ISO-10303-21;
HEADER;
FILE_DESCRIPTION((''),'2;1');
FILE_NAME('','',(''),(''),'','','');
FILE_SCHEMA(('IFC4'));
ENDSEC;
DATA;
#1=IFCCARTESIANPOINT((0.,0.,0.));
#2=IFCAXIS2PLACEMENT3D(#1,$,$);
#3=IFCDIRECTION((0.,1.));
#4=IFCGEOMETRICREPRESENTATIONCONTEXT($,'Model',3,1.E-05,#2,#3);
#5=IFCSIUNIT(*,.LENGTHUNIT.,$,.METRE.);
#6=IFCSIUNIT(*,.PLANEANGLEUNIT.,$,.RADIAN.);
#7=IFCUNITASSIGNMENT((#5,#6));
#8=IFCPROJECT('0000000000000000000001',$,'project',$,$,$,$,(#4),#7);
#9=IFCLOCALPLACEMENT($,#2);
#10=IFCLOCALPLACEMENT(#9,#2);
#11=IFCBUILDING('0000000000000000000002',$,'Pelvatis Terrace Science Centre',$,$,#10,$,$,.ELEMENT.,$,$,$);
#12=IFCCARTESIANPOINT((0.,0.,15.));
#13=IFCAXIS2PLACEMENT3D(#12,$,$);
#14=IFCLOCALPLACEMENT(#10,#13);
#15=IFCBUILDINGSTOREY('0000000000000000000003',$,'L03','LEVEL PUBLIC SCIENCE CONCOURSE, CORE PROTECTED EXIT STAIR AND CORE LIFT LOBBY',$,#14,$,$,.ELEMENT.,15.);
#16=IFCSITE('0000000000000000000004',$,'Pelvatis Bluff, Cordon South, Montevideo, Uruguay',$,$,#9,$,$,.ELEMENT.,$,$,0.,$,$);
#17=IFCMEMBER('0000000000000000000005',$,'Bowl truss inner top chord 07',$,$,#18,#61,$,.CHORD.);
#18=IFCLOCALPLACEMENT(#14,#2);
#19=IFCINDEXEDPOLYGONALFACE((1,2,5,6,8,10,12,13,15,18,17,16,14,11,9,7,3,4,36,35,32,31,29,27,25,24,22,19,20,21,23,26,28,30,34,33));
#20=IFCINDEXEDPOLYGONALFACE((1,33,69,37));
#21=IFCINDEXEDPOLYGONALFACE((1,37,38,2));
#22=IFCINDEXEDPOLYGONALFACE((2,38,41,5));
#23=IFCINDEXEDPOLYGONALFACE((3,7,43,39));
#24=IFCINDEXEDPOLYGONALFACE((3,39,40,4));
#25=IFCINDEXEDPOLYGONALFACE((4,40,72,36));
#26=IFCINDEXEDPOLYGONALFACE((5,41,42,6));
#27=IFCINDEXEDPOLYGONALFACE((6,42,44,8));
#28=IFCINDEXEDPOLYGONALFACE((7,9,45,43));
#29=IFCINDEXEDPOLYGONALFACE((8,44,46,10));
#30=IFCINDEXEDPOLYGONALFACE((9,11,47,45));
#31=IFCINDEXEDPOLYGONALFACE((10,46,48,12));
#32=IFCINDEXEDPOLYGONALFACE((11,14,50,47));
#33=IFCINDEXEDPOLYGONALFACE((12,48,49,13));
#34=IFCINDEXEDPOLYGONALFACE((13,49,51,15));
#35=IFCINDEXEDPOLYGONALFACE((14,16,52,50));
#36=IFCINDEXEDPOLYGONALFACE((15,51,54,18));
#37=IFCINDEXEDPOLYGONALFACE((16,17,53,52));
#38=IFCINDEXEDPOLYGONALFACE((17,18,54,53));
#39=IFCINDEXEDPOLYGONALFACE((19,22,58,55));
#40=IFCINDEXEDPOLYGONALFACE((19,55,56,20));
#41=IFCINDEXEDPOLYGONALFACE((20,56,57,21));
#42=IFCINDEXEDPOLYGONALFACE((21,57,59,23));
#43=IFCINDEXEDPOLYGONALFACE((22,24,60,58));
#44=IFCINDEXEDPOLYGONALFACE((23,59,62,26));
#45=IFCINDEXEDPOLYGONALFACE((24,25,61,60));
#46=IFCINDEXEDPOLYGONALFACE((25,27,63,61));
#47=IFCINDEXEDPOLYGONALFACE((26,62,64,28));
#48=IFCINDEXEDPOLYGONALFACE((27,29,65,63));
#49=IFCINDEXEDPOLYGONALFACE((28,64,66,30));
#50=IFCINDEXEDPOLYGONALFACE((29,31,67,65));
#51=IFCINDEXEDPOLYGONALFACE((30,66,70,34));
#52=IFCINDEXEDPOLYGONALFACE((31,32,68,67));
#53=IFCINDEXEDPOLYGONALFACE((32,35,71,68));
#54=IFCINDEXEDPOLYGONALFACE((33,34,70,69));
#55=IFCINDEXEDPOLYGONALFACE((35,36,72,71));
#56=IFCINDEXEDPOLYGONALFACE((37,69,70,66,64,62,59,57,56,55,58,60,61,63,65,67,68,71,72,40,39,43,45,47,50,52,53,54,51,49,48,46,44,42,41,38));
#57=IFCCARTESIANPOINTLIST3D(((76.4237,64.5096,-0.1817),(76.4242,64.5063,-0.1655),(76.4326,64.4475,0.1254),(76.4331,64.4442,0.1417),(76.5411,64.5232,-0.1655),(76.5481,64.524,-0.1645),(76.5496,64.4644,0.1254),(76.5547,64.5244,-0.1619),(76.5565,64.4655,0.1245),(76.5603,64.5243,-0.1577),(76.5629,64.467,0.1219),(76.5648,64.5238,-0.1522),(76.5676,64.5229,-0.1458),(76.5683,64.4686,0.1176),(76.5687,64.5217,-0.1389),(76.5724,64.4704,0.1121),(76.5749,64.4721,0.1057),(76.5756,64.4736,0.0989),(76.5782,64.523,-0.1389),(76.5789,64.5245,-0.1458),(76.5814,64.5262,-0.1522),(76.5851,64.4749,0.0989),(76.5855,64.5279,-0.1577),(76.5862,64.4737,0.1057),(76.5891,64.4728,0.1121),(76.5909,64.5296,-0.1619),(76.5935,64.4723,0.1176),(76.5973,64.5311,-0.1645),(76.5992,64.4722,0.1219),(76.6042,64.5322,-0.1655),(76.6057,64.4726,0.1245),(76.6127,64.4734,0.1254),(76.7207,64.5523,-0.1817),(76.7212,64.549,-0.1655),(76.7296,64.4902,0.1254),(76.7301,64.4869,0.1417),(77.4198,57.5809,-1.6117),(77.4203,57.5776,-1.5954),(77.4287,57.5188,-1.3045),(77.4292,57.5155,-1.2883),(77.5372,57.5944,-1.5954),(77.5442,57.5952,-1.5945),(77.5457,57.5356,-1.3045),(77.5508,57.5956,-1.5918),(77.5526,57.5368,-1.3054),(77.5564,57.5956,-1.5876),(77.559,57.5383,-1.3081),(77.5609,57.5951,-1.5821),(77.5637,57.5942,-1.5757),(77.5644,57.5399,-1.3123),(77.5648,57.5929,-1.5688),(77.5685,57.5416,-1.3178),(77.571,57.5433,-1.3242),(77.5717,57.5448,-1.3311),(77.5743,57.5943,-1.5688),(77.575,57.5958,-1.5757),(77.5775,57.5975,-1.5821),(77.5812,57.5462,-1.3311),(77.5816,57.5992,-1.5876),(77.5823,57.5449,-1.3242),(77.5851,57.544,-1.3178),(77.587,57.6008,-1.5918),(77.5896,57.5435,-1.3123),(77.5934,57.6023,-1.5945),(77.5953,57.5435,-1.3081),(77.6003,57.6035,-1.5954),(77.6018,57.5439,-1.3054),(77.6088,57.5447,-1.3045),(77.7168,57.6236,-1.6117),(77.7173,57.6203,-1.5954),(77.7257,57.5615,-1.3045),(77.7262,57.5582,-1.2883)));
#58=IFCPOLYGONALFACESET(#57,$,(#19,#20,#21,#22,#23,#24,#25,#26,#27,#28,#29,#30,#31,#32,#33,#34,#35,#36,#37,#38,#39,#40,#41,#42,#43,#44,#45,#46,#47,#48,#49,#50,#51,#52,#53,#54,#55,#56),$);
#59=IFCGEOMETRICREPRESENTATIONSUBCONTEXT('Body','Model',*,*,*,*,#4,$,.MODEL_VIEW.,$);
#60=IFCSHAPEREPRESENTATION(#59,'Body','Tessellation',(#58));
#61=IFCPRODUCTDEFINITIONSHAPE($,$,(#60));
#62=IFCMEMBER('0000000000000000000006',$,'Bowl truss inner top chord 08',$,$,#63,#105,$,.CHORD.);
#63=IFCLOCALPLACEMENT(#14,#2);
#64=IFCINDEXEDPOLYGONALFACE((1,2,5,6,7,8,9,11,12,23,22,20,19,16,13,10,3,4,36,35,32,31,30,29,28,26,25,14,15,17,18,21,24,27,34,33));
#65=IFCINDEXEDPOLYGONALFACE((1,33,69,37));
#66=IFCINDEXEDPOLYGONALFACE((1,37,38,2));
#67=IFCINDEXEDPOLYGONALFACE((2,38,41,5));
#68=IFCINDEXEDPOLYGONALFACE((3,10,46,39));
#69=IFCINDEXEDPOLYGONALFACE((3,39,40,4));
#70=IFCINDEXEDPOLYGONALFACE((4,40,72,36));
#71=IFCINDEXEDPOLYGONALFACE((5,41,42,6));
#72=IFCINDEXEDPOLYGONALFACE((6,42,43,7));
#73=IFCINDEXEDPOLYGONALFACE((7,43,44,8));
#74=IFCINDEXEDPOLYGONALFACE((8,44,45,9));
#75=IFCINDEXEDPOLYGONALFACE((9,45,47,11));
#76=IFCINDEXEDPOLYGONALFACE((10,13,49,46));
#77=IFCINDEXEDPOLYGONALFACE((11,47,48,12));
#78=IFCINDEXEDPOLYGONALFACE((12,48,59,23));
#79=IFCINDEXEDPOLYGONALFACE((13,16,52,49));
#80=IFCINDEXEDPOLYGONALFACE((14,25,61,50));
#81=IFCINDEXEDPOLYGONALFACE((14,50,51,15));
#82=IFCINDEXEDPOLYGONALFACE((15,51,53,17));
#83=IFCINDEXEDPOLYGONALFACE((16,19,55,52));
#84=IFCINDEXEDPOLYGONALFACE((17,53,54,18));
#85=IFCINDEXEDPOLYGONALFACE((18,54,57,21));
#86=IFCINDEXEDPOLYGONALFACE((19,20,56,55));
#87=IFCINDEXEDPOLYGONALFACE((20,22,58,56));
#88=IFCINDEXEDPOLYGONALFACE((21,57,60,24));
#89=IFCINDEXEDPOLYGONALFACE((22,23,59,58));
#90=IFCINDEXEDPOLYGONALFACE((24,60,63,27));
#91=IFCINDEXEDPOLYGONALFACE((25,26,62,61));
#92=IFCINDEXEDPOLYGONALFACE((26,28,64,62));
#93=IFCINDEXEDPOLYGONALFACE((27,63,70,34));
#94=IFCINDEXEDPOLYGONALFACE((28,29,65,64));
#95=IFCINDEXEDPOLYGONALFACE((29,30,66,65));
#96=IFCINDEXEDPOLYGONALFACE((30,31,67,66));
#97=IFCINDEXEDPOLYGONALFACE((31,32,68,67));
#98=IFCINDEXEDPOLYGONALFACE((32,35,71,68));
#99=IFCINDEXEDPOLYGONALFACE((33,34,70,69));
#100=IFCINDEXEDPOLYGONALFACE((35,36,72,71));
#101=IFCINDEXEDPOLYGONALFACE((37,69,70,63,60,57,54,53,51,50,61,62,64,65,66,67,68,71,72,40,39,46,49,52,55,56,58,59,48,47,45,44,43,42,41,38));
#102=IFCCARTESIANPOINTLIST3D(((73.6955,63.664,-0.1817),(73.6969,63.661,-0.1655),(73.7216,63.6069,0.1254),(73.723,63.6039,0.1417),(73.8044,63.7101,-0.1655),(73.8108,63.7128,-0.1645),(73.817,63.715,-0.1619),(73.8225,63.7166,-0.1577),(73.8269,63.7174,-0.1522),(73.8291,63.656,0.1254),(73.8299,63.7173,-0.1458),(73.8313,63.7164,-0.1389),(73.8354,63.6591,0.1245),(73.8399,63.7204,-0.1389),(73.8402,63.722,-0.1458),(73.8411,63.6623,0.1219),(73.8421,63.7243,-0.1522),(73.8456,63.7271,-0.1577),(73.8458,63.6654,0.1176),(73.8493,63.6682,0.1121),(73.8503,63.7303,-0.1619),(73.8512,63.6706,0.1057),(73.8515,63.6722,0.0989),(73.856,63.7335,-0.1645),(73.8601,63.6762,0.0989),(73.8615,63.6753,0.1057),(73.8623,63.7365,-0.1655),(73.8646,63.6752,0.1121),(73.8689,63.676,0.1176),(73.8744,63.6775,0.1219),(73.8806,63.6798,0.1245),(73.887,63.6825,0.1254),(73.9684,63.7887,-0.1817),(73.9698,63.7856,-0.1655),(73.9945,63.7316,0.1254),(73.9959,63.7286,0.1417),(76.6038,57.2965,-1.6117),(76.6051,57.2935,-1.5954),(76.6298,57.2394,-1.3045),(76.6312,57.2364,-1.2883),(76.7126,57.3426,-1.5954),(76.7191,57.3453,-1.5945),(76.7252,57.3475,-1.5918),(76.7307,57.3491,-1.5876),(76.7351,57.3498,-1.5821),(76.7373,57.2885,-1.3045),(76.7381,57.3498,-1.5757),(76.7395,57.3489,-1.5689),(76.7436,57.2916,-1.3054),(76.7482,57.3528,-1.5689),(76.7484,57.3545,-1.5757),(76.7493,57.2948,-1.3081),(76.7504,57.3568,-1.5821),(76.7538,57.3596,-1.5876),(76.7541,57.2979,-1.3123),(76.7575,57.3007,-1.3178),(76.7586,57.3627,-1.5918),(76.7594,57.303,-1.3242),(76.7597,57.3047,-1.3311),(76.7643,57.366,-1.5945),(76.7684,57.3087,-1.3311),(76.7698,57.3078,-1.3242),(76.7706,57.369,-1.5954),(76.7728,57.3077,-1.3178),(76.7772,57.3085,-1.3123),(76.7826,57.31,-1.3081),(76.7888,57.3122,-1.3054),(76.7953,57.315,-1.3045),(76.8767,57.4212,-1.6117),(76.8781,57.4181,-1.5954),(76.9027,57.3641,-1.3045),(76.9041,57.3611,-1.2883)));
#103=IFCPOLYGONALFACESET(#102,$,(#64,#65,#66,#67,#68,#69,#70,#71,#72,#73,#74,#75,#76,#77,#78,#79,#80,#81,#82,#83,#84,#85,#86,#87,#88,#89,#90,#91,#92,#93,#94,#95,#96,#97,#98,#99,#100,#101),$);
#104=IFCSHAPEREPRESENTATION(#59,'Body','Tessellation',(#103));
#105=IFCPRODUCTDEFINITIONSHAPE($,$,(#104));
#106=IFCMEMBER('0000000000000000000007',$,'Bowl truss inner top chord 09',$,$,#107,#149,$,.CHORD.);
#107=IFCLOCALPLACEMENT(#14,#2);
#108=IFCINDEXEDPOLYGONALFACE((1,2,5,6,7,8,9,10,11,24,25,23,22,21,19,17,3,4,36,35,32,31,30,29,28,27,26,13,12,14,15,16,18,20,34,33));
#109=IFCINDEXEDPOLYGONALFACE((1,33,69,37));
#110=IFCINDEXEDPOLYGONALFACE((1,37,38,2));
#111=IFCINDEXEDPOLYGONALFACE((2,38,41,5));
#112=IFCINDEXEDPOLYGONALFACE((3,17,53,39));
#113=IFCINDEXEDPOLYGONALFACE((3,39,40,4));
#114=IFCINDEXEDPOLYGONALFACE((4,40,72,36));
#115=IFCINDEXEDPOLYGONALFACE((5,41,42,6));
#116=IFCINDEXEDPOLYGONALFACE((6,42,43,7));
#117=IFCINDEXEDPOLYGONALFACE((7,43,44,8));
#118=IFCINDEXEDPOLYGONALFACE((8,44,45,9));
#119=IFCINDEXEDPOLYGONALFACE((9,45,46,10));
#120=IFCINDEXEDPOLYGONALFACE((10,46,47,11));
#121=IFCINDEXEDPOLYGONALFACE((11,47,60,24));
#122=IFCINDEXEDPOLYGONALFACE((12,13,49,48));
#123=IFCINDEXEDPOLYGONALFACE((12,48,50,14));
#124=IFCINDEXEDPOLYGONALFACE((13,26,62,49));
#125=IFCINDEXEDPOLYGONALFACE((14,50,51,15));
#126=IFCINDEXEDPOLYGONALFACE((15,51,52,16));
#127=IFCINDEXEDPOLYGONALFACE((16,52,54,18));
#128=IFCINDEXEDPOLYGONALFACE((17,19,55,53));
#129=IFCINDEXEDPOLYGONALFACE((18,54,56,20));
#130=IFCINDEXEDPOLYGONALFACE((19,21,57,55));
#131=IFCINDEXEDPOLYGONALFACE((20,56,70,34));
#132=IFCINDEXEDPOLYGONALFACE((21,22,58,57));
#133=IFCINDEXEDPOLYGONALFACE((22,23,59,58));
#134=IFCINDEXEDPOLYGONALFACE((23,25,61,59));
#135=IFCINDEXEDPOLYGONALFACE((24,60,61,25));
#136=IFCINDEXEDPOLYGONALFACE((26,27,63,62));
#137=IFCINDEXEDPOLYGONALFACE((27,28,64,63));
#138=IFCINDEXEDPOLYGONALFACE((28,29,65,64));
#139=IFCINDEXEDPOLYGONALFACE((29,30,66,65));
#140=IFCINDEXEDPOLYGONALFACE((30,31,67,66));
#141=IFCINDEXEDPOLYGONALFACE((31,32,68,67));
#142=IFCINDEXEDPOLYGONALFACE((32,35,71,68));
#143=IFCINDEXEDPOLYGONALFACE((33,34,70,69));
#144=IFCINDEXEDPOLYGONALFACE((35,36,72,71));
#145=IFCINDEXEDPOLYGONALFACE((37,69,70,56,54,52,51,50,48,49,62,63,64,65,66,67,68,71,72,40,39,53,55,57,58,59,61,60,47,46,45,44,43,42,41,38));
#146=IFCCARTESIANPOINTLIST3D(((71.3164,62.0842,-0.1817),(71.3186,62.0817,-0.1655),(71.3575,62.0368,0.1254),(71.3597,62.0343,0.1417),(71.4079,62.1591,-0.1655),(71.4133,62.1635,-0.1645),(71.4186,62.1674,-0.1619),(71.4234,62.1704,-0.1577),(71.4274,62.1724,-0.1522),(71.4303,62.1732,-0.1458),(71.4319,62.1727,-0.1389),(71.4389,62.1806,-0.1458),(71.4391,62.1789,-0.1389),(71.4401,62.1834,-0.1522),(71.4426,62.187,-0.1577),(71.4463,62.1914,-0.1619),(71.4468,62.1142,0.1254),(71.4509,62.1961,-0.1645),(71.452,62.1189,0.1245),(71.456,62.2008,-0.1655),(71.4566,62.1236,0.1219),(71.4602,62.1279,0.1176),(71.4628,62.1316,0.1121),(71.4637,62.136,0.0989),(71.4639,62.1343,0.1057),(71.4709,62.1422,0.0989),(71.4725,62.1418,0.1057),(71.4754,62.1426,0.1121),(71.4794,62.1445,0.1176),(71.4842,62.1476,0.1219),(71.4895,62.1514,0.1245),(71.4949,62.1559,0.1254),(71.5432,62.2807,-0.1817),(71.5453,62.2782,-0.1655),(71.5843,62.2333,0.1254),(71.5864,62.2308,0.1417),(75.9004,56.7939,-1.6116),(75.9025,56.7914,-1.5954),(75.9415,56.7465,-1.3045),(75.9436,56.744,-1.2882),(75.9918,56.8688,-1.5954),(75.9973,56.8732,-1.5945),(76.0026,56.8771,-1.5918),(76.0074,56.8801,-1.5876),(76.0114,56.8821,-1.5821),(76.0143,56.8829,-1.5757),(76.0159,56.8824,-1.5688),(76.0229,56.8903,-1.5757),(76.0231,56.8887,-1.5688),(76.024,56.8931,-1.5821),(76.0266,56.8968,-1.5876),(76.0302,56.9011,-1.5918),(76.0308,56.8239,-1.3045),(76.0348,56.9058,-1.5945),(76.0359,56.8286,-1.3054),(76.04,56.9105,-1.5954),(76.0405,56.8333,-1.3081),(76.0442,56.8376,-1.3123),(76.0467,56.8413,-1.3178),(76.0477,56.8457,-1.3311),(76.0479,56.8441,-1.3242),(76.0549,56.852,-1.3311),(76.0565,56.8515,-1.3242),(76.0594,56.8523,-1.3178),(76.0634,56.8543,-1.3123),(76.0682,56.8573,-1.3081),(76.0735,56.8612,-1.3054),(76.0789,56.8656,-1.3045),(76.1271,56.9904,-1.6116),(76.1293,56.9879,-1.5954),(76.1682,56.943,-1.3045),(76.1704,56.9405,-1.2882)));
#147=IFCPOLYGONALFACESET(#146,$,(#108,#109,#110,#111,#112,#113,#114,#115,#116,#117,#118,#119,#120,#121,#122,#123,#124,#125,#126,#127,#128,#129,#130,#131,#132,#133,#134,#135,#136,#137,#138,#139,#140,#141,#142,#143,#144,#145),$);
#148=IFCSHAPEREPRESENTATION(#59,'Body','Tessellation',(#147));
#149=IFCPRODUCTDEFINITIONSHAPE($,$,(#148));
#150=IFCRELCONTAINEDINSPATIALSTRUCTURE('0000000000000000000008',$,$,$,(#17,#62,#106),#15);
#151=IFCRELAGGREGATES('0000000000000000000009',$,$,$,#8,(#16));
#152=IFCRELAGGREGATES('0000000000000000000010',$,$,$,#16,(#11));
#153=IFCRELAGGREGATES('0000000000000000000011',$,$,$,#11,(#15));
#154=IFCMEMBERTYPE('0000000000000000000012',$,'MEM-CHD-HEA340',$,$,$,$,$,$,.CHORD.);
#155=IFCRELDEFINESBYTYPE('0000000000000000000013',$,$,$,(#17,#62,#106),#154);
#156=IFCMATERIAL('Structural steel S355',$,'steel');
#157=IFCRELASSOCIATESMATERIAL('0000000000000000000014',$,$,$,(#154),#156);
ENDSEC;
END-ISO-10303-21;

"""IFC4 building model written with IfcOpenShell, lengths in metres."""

from ifc_helpers import new_model, si_unit, direction, frame, origin, origin_2d, place, context, subcontext, project, spatial, i_section, extrude, material, material_profile, profile_set, type_object, element, save


model = new_model("IFC4")

# Units and contexts
model_context = context("Model", 3, precision=1e-05, world=origin(), true_north=direction((0.0, 1.0)))
body_context = subcontext(model_context, "Body", "Model", "MODEL_VIEW")
ifc_project = project(units=[si_unit("LENGTHUNIT", "METRE"), si_unit("PLANEANGLEUNIT", "RADIAN")], contexts=[model_context])

# Site, building, storey
site_placement = place(None, origin())
site = spatial("IfcSite", under=ifc_project, at=site_placement, Name="Pelvatis Bluff, Cordon South, Montevideo, Uruguay", CompositionType="ELEMENT", RefElevation=0.0)
building_placement = place(site_placement, origin())
building = spatial("IfcBuilding", under=site, at=building_placement, Name="Pelvatis Terrace Science Centre", CompositionType="ELEMENT")
storey_placement = place(building_placement, frame((0.0, 0.0, 15.0)))
storey = spatial("IfcBuildingStorey", under=building, at=storey_placement, Name="L03", Description="LEVEL PUBLIC SCIENCE CONCOURSE, CORE PROTECTED EXIT STAIR AND CORE LIFT LOBBY", CompositionType="ELEMENT", Elevation=15.0)

# Members
ifc_material_1 = material(Name="Structural steel S355", Category="steel")
ifc_material_profile_1 = material_profile(ifc_material_1, i_section(OverallWidth=0.3, OverallDepth=0.3301, WebThickness=0.0095, FlangeThickness=0.0166, FilletRadius=0.0271, at=origin_2d()), Name="HEA 340")
ifc_profile_set_1 = profile_set([ifc_material_profile_1], Name="Structural steel S355")
member_type_1 = type_object("IfcMemberType", Name="MEM-CHD-HEA340", PredefinedType="CHORD", material=ifc_profile_set_1)
for number, where, z_axis, x_axis, name in (
    (1, (76.5769, 64.4983, -0.02), (0.139421, -0.969796, -0.200144), (0.989824, 0.1423, 0.0), "Bowl truss inner top chord 07"),
):
    element("IfcMember", number, at=place(storey_placement, frame(where, z_axis=z_axis, x_axis=x_axis)), inside=storey, type_object=member_type_1, Name=name, PredefinedType="CHORD", context=body_context, shape_type="SweptSolid", body=[
        extrude(i_section(OverallWidth=0.3, OverallDepth=0.3301, WebThickness=0.0095, FlangeThickness=0.0166, FilletRadius=0.0271, at=origin_2d()), origin(), (0.0, 0.0, 1.0), 7.1445),
    ])
member_1_placement = place(storey_placement, frame((73.8457, 63.6963, -0.02), z_axis=(0.407044, -0.891212, -0.200139), x_axis=(0.909616, 0.41545, 0.0)))
element("IfcMember", 2, at=member_1_placement, inside=storey, type_object=member_type_1, Name="Bowl truss inner top chord 08", PredefinedType="CHORD", context=body_context, shape_type="SweptSolid", body=[
    extrude(i_section(OverallWidth=0.3, OverallDepth=0.3301, WebThickness=0.0095, FlangeThickness=0.0166, FilletRadius=0.0271, at=origin_2d()), origin(), (0.0, 0.0, 1.0), 7.1448),
])
member_2_placement = place(storey_placement, frame((71.4514, 62.1575, -0.02), z_axis=(0.641605, -0.740463, -0.200143), x_axis=(0.755755, 0.654855, 0.0)))
element("IfcMember", 3, at=member_2_placement, inside=storey, type_object=member_type_1, Name="Bowl truss inner top chord 09", PredefinedType="CHORD", context=body_context, shape_type="SweptSolid", body=[
    extrude(i_section(OverallWidth=0.3, OverallDepth=0.3301, WebThickness=0.0095, FlangeThickness=0.0166, FilletRadius=0.0271, at=origin_2d()), origin(), (0.0, 0.0, 1.0), 7.1445),
])

save(model, "model.ifc")
